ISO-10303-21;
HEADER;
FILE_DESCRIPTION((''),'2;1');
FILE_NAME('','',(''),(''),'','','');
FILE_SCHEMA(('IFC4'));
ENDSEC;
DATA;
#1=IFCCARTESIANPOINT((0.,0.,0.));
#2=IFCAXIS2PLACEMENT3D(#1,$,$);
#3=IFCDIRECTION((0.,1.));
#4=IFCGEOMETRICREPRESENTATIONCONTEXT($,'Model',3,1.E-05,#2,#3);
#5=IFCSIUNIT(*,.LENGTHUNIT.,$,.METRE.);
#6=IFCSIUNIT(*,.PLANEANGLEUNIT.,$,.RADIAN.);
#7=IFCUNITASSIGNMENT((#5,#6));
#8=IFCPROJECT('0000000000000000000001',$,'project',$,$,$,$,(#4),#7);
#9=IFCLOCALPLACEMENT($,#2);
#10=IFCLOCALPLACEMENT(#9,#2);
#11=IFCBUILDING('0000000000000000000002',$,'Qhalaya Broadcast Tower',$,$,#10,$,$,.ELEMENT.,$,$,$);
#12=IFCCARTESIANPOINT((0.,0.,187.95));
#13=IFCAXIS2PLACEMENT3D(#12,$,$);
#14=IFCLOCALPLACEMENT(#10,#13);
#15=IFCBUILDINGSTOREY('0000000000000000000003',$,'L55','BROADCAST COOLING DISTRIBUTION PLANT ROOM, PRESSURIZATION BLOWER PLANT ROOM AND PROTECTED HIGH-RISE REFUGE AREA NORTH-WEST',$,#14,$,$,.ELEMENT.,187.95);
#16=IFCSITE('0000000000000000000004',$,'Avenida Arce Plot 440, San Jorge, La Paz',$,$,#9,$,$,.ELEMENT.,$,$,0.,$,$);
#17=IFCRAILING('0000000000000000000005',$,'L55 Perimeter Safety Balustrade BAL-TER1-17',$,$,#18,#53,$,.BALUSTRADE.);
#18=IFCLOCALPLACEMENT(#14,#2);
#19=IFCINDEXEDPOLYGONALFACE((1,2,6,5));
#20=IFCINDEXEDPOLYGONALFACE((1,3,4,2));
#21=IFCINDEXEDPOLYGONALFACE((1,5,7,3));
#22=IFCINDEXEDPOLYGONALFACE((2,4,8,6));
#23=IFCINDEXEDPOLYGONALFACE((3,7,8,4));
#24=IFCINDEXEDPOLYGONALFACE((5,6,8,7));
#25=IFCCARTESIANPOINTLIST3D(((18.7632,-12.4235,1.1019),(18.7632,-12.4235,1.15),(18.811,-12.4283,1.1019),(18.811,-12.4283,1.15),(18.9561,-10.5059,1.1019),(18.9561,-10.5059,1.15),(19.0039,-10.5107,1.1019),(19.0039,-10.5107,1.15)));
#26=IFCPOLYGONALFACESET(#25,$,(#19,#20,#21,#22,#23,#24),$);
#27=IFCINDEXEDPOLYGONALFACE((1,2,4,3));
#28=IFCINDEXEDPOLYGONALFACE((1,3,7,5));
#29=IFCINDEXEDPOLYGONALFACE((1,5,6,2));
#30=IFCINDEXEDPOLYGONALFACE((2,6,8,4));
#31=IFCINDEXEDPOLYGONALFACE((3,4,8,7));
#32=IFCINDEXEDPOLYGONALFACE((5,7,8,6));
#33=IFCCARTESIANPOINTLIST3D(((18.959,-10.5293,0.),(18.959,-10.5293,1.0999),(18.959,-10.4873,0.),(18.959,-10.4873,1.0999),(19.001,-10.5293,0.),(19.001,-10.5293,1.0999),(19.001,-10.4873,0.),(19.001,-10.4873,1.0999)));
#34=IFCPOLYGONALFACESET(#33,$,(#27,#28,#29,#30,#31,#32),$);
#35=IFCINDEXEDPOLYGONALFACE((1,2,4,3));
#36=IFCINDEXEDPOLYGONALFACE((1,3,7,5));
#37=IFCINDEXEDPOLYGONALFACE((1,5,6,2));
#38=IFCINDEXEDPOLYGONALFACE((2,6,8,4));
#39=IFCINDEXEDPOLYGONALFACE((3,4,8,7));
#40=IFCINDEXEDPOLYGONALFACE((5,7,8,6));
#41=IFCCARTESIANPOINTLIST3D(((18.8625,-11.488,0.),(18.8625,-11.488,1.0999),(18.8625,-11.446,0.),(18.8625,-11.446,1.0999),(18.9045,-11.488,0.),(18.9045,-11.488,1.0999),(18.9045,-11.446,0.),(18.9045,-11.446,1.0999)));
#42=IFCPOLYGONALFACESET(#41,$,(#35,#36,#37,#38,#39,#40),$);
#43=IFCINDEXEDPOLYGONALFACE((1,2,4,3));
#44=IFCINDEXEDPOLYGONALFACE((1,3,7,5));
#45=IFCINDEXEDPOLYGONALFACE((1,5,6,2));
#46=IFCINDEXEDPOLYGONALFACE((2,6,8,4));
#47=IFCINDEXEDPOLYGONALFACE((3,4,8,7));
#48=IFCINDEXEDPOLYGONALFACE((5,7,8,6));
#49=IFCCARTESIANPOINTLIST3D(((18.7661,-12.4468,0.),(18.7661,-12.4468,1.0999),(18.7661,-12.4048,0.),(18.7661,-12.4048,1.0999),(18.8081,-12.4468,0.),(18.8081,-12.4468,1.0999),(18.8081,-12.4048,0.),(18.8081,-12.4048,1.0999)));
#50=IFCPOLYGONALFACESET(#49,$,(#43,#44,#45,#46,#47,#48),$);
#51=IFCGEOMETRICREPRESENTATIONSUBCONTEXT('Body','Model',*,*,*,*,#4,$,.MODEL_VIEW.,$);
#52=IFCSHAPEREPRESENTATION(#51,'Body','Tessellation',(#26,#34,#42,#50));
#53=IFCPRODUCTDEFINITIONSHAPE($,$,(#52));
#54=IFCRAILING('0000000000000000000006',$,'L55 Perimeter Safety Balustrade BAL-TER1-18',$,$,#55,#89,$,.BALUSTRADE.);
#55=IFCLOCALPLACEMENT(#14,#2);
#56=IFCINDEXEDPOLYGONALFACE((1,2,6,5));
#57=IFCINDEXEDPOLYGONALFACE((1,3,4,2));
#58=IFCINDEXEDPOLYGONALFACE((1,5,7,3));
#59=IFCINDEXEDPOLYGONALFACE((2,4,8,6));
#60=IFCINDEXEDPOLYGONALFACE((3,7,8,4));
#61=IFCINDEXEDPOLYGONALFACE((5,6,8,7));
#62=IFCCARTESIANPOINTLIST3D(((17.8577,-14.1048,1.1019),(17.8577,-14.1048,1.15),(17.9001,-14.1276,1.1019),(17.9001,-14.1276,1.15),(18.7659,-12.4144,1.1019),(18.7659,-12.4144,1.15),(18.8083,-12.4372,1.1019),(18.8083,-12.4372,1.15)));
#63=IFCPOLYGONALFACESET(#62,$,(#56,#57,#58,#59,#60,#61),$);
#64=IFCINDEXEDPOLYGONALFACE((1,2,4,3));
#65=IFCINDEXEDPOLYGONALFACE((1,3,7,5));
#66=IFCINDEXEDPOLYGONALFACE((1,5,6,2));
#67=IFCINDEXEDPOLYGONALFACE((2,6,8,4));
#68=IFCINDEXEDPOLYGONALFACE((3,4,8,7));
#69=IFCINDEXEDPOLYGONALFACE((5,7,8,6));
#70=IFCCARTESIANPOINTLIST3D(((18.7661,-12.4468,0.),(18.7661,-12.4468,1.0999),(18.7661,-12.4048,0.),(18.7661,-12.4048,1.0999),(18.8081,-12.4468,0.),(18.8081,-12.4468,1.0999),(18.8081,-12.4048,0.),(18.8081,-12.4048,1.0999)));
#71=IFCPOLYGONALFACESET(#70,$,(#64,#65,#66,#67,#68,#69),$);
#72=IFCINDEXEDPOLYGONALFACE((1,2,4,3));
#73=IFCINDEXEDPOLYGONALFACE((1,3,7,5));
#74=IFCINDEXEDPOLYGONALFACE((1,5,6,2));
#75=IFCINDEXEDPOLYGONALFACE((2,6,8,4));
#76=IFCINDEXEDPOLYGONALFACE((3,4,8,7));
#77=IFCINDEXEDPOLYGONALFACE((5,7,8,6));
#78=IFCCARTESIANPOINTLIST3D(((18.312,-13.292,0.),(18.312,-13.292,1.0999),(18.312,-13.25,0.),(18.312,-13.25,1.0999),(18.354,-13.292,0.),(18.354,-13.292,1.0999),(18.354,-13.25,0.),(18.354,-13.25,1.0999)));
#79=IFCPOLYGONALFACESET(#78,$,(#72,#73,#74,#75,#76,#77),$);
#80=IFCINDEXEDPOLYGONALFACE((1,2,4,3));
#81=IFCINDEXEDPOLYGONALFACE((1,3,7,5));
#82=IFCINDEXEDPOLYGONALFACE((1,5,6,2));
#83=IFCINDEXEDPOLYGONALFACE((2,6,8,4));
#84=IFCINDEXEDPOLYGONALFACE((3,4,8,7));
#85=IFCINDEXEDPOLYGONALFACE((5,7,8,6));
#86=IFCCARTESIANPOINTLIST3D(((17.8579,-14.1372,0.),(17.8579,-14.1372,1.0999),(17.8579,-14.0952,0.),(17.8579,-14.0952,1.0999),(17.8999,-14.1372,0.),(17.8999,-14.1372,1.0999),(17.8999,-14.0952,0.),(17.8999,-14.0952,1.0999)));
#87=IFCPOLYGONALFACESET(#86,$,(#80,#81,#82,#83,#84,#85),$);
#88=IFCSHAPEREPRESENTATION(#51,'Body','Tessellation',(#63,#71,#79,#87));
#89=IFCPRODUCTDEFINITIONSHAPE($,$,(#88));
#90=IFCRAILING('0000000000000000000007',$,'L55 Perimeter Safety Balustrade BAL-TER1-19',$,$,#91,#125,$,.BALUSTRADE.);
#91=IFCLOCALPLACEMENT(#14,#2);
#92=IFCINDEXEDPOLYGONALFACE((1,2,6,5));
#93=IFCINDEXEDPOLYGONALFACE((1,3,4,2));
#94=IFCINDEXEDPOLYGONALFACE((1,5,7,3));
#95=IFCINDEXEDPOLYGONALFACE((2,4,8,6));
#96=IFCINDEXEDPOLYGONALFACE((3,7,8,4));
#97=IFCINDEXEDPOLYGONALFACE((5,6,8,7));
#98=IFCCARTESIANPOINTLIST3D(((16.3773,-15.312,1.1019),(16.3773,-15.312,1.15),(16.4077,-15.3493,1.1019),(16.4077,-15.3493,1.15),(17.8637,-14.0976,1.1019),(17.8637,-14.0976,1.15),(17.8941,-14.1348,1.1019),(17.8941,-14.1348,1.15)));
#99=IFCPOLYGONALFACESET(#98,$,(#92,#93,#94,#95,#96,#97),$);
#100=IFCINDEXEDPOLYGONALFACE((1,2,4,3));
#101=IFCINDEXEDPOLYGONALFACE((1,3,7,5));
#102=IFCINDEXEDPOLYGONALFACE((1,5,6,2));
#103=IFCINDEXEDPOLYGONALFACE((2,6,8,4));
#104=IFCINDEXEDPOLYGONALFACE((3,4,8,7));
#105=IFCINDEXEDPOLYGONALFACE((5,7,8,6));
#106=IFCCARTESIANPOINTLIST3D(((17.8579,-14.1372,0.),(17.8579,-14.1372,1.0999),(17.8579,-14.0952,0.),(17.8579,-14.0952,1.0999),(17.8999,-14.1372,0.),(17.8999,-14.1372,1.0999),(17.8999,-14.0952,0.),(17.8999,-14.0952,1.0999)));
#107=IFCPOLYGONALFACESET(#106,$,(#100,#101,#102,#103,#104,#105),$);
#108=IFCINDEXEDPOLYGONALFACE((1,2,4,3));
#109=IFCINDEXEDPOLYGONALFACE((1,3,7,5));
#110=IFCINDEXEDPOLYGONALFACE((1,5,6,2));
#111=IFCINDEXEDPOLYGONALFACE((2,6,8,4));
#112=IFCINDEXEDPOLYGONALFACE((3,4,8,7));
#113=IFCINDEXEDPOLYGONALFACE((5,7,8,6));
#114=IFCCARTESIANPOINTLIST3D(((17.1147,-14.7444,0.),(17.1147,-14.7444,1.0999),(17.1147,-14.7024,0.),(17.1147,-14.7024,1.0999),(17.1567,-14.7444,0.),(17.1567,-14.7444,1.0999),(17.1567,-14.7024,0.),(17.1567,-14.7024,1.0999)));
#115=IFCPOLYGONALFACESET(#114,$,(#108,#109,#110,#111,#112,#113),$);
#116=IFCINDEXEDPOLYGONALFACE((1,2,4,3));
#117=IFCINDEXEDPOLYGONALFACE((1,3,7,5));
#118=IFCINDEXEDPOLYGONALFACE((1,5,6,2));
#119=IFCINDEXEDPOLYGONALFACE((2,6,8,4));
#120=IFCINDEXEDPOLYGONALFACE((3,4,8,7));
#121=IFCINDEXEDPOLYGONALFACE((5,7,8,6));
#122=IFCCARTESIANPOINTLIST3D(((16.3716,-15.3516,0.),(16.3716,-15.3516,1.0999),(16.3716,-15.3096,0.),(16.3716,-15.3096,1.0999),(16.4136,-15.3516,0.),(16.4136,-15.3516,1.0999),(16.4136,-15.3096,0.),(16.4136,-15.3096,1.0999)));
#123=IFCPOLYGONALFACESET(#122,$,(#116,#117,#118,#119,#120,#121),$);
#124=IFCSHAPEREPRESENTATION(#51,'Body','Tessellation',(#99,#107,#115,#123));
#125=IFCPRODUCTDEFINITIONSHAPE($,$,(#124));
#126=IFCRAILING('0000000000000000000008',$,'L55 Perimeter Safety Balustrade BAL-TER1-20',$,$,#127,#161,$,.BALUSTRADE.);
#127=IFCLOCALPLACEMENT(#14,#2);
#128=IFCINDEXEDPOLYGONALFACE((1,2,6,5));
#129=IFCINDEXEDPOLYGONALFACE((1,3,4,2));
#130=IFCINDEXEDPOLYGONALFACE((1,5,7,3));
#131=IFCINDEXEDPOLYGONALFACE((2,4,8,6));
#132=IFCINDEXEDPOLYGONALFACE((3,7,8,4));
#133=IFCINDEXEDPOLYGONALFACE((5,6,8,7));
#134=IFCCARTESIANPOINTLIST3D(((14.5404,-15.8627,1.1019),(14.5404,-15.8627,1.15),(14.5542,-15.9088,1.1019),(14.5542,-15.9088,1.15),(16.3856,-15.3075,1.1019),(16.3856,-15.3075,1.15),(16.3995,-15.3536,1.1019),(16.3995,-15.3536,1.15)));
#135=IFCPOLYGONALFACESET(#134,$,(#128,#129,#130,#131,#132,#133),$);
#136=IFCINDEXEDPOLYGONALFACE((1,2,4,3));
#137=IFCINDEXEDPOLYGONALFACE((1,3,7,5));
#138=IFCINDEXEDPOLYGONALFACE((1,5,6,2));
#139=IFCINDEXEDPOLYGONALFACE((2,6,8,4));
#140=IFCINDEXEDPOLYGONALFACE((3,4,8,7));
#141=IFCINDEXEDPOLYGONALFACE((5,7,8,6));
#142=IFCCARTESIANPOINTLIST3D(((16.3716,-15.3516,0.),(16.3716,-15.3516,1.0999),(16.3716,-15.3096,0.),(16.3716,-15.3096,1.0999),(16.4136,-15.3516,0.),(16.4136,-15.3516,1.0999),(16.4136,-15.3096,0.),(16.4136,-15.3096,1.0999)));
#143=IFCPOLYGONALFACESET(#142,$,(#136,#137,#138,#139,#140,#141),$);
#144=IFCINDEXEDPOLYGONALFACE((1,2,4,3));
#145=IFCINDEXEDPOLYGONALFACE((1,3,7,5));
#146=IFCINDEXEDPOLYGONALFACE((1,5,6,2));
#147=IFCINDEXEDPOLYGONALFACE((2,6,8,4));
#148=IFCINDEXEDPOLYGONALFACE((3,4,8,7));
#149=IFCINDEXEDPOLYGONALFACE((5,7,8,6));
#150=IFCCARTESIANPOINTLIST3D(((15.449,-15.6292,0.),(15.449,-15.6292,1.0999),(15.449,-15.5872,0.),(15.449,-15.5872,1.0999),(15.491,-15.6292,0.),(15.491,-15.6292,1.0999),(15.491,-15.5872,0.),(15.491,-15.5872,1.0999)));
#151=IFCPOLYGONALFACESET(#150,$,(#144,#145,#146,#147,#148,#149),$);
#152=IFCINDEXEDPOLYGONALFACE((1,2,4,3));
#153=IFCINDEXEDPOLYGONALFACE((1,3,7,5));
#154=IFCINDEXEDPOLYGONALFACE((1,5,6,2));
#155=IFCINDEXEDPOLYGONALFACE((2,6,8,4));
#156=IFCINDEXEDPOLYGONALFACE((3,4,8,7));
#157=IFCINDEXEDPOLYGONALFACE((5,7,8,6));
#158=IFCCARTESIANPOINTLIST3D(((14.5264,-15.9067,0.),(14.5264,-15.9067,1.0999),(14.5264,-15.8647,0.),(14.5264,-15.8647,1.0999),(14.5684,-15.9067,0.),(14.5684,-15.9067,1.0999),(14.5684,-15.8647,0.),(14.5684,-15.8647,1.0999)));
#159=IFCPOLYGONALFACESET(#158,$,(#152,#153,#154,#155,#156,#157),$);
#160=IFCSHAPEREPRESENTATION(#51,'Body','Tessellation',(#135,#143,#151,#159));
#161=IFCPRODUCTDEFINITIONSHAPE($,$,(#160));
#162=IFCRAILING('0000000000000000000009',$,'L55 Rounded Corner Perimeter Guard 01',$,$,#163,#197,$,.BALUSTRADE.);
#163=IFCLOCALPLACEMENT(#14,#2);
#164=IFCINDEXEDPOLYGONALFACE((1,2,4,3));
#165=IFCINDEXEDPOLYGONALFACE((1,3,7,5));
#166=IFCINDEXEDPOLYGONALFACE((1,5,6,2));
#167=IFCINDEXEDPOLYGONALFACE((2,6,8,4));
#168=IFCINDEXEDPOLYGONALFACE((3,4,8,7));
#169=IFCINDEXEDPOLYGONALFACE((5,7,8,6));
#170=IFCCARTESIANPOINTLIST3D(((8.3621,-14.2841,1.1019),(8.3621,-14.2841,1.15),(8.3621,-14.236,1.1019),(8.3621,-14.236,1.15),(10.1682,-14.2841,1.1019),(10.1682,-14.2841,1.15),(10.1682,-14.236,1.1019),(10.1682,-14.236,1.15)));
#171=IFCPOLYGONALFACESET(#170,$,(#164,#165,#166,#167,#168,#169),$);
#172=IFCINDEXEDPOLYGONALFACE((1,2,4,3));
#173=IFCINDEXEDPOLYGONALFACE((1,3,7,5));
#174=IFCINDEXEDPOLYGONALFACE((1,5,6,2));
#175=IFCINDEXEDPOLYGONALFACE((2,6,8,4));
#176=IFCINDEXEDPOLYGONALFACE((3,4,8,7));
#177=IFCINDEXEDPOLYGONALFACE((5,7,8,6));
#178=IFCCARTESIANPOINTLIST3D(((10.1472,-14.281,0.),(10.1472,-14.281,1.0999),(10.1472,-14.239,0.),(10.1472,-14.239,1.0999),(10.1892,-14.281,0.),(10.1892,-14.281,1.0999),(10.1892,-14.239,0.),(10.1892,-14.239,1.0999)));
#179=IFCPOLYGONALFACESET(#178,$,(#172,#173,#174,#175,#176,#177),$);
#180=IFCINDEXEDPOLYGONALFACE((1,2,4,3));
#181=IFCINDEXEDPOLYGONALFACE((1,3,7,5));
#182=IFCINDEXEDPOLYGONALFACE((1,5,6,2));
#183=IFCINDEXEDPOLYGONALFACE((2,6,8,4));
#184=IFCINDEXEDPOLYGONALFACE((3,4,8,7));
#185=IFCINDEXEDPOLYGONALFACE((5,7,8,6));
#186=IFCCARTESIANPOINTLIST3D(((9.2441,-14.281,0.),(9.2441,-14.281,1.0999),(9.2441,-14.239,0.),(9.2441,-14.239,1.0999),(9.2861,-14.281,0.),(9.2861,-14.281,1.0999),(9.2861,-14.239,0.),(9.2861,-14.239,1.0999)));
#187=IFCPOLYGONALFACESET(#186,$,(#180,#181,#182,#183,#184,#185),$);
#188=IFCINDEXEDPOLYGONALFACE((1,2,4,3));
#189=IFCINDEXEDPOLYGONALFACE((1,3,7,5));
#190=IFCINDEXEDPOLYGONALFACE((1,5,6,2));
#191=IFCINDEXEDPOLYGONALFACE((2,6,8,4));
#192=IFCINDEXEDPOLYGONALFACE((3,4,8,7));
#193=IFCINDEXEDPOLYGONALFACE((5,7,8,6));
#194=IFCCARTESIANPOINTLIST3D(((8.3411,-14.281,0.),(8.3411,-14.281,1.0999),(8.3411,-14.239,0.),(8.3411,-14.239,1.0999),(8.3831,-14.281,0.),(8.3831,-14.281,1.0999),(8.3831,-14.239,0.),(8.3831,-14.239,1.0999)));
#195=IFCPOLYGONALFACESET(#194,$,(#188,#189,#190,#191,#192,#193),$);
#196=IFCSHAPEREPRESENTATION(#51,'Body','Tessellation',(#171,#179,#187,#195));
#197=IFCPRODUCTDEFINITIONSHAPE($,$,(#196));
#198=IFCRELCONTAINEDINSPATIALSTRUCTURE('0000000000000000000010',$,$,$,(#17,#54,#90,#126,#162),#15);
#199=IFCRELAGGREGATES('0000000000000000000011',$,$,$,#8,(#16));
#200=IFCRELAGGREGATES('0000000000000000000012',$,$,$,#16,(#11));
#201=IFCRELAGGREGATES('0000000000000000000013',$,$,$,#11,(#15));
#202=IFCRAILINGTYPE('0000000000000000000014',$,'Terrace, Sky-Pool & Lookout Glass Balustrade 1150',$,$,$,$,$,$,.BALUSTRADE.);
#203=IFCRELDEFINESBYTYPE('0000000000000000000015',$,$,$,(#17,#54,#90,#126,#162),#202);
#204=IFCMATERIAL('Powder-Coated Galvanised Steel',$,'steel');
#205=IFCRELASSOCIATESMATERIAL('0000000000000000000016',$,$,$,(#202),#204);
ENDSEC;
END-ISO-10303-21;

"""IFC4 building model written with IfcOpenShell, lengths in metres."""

from ifc_helpers import new_model, si_unit, direction, frame, origin, origin_2d, place, context, subcontext, project, spatial, rectangle, extrude, material, type_object, element, save


model = new_model("IFC4")

# Units and contexts
model_context = context("Model", 3, precision=1e-05, world=origin(), true_north=direction((0.0, 1.0)))
body_context = subcontext(model_context, "Body", "Model", "MODEL_VIEW")
ifc_project = project(units=[si_unit("LENGTHUNIT", "METRE"), si_unit("PLANEANGLEUNIT", "RADIAN")], contexts=[model_context])

# Site, building, storey
site_placement = place(None, origin())
site = spatial("IfcSite", under=ifc_project, at=site_placement, Name="Avenida Arce Plot 440, San Jorge, La Paz", CompositionType="ELEMENT", RefElevation=0.0)
building_placement = place(site_placement, origin())
building = spatial("IfcBuilding", under=site, at=building_placement, Name="Qhalaya Broadcast Tower", CompositionType="ELEMENT")
storey_placement = place(building_placement, frame((0.0, 0.0, 187.95)))
storey = spatial("IfcBuildingStorey", under=building, at=storey_placement, Name="L55", Description="BROADCAST COOLING DISTRIBUTION PLANT ROOM, PRESSURIZATION BLOWER PLANT ROOM AND PROTECTED HIGH-RISE REFUGE AREA NORTH-WEST", CompositionType="ELEMENT", Elevation=187.95)

# Railings
ifc_material_1 = material(Name="Powder-Coated Galvanised Steel", Category="steel")
railing_type = type_object("IfcRailingType", Name="Terrace, Sky-Pool & Lookout Glass Balustrade 1150", PredefinedType="BALUSTRADE", material=ifc_material_1)
railing_1_placement = place(storey_placement, frame((18.98, -10.5083, 0.0)))
element("IfcRailing", 1, at=railing_1_placement, inside=storey, type_object=railing_type, Name="L55 Perimeter Safety Balustrade BAL-TER1-17", PredefinedType="BALUSTRADE", context=body_context, shape_type="SweptSolid", body=[
    extrude(rectangle(XDim=0.0481, YDim=0.0481, at=origin_2d()), frame((0.0, 0.0, 1.126), z_axis=(-0.100081, -0.994979, 0.0), x_axis=(0.994979, -0.100081, 0.0)), (0.0, 0.0, 1.0), 1.9272),
    extrude(rectangle(XDim=0.042, YDim=0.042, at=origin_2d()), origin(), (0.0, 0.0, 1.0), 1.0999),
    extrude(rectangle(XDim=0.042, YDim=0.042, at=origin_2d()), frame((-0.0964, -0.9587, 0.0)), (0.0, 0.0, 1.0), 1.0999),
    extrude(rectangle(XDim=0.042, YDim=0.042, at=origin_2d()), frame((-0.1929, -1.9175, 0.0)), (0.0, 0.0, 1.0), 1.0999),
])
railing_2_placement = place(storey_placement, frame((18.7871, -12.4258, 0.0)))
element("IfcRailing", 2, at=railing_2_placement, inside=storey, type_object=railing_type, Name="L55 Perimeter Safety Balustrade BAL-TER1-18", PredefinedType="BALUSTRADE", context=body_context, shape_type="SweptSolid", body=[
    extrude(rectangle(XDim=0.0481, YDim=0.0481, at=origin_2d()), frame((0.0, 0.0, 1.126), z_axis=(-0.47328, -0.880912, 0.0), x_axis=(0.880912, -0.47328, 0.0)), (0.0, 0.0, 1.0), 1.9189),
    extrude(rectangle(XDim=0.042, YDim=0.042, at=origin_2d()), origin(), (0.0, 0.0, 1.0), 1.0999),
    extrude(rectangle(XDim=0.042, YDim=0.042, at=origin_2d()), frame((-0.4541, -0.8452, 0.0)), (0.0, 0.0, 1.0), 1.0999),
    extrude(rectangle(XDim=0.042, YDim=0.042, at=origin_2d()), frame((-0.9082, -1.6904, 0.0)), (0.0, 0.0, 1.0), 1.0999),
])
railing_3_placement = place(storey_placement, frame((17.8789, -14.1162, 0.0)))
element("IfcRailing", 3, at=railing_3_placement, inside=storey, type_object=railing_type, Name="L55 Perimeter Safety Balustrade BAL-TER1-19", PredefinedType="BALUSTRADE", context=body_context, shape_type="SweptSolid", body=[
    extrude(rectangle(XDim=0.0481, YDim=0.0481, at=origin_2d()), frame((0.0, 0.0, 1.126), z_axis=(-0.774399, -0.632697, 0.0), x_axis=(0.632697, -0.774399, 0.0)), (0.0, 0.0, 1.0), 1.9194),
    extrude(rectangle(XDim=0.042, YDim=0.042, at=origin_2d()), origin(), (0.0, 0.0, 1.0), 1.0999),
    extrude(rectangle(XDim=0.042, YDim=0.042, at=origin_2d()), frame((-0.7432, -0.6072, 0.0)), (0.0, 0.0, 1.0), 1.0999),
    extrude(rectangle(XDim=0.042, YDim=0.042, at=origin_2d()), frame((-1.4863, -1.2144, 0.0)), (0.0, 0.0, 1.0), 1.0999),
])
railing_4_placement = place(storey_placement, frame((16.3926, -15.3306, 0.0)))
element("IfcRailing", 4, at=railing_4_placement, inside=storey, type_object=railing_type, Name="L55 Perimeter Safety Balustrade BAL-TER1-20", PredefinedType="BALUSTRADE", context=body_context, shape_type="SweptSolid", body=[
    extrude(rectangle(XDim=0.0481, YDim=0.0481, at=origin_2d()), frame((0.0, 0.0, 1.126), z_axis=(-0.957596, -0.288115, 0.0), x_axis=(0.288115, -0.957596, 0.0)), (0.0, 0.0, 1.0), 1.927),
    extrude(rectangle(XDim=0.042, YDim=0.042, at=origin_2d()), origin(), (0.0, 0.0, 1.0), 1.0999),
    extrude(rectangle(XDim=0.042, YDim=0.042, at=origin_2d()), frame((-0.9226, -0.2776, 0.0)), (0.0, 0.0, 1.0), 1.0999),
    extrude(rectangle(XDim=0.042, YDim=0.042, at=origin_2d()), frame((-1.8452, -0.5552, 0.0)), (0.0, 0.0, 1.0), 1.0999),
])
railing_5_placement = place(storey_placement, frame((10.1682, -14.26, 0.0)))
element("IfcRailing", 5, at=railing_5_placement, inside=storey, type_object=railing_type, Name="L55 Rounded Corner Perimeter Guard 01", PredefinedType="BALUSTRADE", context=body_context, shape_type="SweptSolid", body=[
    extrude(rectangle(XDim=0.0481, YDim=0.0481, at=origin_2d()), frame((0.0, 0.0, 1.126), z_axis=(-1.0, 0.0, 0.0), x_axis=(0.0, -1.0, 0.0)), (0.0, 0.0, 1.0), 1.8062),
    extrude(rectangle(XDim=0.042, YDim=0.042, at=origin_2d()), origin(), (0.0, 0.0, 1.0), 1.0999),
    extrude(rectangle(XDim=0.042, YDim=0.042, at=origin_2d()), frame((-0.9031, 0.0, 0.0)), (0.0, 0.0, 1.0), 1.0999),
    extrude(rectangle(XDim=0.042, YDim=0.042, at=origin_2d()), frame((-1.8062, 0.0, 0.0)), (0.0, 0.0, 1.0), 1.0999),
])

save(model, "model.ifc")
